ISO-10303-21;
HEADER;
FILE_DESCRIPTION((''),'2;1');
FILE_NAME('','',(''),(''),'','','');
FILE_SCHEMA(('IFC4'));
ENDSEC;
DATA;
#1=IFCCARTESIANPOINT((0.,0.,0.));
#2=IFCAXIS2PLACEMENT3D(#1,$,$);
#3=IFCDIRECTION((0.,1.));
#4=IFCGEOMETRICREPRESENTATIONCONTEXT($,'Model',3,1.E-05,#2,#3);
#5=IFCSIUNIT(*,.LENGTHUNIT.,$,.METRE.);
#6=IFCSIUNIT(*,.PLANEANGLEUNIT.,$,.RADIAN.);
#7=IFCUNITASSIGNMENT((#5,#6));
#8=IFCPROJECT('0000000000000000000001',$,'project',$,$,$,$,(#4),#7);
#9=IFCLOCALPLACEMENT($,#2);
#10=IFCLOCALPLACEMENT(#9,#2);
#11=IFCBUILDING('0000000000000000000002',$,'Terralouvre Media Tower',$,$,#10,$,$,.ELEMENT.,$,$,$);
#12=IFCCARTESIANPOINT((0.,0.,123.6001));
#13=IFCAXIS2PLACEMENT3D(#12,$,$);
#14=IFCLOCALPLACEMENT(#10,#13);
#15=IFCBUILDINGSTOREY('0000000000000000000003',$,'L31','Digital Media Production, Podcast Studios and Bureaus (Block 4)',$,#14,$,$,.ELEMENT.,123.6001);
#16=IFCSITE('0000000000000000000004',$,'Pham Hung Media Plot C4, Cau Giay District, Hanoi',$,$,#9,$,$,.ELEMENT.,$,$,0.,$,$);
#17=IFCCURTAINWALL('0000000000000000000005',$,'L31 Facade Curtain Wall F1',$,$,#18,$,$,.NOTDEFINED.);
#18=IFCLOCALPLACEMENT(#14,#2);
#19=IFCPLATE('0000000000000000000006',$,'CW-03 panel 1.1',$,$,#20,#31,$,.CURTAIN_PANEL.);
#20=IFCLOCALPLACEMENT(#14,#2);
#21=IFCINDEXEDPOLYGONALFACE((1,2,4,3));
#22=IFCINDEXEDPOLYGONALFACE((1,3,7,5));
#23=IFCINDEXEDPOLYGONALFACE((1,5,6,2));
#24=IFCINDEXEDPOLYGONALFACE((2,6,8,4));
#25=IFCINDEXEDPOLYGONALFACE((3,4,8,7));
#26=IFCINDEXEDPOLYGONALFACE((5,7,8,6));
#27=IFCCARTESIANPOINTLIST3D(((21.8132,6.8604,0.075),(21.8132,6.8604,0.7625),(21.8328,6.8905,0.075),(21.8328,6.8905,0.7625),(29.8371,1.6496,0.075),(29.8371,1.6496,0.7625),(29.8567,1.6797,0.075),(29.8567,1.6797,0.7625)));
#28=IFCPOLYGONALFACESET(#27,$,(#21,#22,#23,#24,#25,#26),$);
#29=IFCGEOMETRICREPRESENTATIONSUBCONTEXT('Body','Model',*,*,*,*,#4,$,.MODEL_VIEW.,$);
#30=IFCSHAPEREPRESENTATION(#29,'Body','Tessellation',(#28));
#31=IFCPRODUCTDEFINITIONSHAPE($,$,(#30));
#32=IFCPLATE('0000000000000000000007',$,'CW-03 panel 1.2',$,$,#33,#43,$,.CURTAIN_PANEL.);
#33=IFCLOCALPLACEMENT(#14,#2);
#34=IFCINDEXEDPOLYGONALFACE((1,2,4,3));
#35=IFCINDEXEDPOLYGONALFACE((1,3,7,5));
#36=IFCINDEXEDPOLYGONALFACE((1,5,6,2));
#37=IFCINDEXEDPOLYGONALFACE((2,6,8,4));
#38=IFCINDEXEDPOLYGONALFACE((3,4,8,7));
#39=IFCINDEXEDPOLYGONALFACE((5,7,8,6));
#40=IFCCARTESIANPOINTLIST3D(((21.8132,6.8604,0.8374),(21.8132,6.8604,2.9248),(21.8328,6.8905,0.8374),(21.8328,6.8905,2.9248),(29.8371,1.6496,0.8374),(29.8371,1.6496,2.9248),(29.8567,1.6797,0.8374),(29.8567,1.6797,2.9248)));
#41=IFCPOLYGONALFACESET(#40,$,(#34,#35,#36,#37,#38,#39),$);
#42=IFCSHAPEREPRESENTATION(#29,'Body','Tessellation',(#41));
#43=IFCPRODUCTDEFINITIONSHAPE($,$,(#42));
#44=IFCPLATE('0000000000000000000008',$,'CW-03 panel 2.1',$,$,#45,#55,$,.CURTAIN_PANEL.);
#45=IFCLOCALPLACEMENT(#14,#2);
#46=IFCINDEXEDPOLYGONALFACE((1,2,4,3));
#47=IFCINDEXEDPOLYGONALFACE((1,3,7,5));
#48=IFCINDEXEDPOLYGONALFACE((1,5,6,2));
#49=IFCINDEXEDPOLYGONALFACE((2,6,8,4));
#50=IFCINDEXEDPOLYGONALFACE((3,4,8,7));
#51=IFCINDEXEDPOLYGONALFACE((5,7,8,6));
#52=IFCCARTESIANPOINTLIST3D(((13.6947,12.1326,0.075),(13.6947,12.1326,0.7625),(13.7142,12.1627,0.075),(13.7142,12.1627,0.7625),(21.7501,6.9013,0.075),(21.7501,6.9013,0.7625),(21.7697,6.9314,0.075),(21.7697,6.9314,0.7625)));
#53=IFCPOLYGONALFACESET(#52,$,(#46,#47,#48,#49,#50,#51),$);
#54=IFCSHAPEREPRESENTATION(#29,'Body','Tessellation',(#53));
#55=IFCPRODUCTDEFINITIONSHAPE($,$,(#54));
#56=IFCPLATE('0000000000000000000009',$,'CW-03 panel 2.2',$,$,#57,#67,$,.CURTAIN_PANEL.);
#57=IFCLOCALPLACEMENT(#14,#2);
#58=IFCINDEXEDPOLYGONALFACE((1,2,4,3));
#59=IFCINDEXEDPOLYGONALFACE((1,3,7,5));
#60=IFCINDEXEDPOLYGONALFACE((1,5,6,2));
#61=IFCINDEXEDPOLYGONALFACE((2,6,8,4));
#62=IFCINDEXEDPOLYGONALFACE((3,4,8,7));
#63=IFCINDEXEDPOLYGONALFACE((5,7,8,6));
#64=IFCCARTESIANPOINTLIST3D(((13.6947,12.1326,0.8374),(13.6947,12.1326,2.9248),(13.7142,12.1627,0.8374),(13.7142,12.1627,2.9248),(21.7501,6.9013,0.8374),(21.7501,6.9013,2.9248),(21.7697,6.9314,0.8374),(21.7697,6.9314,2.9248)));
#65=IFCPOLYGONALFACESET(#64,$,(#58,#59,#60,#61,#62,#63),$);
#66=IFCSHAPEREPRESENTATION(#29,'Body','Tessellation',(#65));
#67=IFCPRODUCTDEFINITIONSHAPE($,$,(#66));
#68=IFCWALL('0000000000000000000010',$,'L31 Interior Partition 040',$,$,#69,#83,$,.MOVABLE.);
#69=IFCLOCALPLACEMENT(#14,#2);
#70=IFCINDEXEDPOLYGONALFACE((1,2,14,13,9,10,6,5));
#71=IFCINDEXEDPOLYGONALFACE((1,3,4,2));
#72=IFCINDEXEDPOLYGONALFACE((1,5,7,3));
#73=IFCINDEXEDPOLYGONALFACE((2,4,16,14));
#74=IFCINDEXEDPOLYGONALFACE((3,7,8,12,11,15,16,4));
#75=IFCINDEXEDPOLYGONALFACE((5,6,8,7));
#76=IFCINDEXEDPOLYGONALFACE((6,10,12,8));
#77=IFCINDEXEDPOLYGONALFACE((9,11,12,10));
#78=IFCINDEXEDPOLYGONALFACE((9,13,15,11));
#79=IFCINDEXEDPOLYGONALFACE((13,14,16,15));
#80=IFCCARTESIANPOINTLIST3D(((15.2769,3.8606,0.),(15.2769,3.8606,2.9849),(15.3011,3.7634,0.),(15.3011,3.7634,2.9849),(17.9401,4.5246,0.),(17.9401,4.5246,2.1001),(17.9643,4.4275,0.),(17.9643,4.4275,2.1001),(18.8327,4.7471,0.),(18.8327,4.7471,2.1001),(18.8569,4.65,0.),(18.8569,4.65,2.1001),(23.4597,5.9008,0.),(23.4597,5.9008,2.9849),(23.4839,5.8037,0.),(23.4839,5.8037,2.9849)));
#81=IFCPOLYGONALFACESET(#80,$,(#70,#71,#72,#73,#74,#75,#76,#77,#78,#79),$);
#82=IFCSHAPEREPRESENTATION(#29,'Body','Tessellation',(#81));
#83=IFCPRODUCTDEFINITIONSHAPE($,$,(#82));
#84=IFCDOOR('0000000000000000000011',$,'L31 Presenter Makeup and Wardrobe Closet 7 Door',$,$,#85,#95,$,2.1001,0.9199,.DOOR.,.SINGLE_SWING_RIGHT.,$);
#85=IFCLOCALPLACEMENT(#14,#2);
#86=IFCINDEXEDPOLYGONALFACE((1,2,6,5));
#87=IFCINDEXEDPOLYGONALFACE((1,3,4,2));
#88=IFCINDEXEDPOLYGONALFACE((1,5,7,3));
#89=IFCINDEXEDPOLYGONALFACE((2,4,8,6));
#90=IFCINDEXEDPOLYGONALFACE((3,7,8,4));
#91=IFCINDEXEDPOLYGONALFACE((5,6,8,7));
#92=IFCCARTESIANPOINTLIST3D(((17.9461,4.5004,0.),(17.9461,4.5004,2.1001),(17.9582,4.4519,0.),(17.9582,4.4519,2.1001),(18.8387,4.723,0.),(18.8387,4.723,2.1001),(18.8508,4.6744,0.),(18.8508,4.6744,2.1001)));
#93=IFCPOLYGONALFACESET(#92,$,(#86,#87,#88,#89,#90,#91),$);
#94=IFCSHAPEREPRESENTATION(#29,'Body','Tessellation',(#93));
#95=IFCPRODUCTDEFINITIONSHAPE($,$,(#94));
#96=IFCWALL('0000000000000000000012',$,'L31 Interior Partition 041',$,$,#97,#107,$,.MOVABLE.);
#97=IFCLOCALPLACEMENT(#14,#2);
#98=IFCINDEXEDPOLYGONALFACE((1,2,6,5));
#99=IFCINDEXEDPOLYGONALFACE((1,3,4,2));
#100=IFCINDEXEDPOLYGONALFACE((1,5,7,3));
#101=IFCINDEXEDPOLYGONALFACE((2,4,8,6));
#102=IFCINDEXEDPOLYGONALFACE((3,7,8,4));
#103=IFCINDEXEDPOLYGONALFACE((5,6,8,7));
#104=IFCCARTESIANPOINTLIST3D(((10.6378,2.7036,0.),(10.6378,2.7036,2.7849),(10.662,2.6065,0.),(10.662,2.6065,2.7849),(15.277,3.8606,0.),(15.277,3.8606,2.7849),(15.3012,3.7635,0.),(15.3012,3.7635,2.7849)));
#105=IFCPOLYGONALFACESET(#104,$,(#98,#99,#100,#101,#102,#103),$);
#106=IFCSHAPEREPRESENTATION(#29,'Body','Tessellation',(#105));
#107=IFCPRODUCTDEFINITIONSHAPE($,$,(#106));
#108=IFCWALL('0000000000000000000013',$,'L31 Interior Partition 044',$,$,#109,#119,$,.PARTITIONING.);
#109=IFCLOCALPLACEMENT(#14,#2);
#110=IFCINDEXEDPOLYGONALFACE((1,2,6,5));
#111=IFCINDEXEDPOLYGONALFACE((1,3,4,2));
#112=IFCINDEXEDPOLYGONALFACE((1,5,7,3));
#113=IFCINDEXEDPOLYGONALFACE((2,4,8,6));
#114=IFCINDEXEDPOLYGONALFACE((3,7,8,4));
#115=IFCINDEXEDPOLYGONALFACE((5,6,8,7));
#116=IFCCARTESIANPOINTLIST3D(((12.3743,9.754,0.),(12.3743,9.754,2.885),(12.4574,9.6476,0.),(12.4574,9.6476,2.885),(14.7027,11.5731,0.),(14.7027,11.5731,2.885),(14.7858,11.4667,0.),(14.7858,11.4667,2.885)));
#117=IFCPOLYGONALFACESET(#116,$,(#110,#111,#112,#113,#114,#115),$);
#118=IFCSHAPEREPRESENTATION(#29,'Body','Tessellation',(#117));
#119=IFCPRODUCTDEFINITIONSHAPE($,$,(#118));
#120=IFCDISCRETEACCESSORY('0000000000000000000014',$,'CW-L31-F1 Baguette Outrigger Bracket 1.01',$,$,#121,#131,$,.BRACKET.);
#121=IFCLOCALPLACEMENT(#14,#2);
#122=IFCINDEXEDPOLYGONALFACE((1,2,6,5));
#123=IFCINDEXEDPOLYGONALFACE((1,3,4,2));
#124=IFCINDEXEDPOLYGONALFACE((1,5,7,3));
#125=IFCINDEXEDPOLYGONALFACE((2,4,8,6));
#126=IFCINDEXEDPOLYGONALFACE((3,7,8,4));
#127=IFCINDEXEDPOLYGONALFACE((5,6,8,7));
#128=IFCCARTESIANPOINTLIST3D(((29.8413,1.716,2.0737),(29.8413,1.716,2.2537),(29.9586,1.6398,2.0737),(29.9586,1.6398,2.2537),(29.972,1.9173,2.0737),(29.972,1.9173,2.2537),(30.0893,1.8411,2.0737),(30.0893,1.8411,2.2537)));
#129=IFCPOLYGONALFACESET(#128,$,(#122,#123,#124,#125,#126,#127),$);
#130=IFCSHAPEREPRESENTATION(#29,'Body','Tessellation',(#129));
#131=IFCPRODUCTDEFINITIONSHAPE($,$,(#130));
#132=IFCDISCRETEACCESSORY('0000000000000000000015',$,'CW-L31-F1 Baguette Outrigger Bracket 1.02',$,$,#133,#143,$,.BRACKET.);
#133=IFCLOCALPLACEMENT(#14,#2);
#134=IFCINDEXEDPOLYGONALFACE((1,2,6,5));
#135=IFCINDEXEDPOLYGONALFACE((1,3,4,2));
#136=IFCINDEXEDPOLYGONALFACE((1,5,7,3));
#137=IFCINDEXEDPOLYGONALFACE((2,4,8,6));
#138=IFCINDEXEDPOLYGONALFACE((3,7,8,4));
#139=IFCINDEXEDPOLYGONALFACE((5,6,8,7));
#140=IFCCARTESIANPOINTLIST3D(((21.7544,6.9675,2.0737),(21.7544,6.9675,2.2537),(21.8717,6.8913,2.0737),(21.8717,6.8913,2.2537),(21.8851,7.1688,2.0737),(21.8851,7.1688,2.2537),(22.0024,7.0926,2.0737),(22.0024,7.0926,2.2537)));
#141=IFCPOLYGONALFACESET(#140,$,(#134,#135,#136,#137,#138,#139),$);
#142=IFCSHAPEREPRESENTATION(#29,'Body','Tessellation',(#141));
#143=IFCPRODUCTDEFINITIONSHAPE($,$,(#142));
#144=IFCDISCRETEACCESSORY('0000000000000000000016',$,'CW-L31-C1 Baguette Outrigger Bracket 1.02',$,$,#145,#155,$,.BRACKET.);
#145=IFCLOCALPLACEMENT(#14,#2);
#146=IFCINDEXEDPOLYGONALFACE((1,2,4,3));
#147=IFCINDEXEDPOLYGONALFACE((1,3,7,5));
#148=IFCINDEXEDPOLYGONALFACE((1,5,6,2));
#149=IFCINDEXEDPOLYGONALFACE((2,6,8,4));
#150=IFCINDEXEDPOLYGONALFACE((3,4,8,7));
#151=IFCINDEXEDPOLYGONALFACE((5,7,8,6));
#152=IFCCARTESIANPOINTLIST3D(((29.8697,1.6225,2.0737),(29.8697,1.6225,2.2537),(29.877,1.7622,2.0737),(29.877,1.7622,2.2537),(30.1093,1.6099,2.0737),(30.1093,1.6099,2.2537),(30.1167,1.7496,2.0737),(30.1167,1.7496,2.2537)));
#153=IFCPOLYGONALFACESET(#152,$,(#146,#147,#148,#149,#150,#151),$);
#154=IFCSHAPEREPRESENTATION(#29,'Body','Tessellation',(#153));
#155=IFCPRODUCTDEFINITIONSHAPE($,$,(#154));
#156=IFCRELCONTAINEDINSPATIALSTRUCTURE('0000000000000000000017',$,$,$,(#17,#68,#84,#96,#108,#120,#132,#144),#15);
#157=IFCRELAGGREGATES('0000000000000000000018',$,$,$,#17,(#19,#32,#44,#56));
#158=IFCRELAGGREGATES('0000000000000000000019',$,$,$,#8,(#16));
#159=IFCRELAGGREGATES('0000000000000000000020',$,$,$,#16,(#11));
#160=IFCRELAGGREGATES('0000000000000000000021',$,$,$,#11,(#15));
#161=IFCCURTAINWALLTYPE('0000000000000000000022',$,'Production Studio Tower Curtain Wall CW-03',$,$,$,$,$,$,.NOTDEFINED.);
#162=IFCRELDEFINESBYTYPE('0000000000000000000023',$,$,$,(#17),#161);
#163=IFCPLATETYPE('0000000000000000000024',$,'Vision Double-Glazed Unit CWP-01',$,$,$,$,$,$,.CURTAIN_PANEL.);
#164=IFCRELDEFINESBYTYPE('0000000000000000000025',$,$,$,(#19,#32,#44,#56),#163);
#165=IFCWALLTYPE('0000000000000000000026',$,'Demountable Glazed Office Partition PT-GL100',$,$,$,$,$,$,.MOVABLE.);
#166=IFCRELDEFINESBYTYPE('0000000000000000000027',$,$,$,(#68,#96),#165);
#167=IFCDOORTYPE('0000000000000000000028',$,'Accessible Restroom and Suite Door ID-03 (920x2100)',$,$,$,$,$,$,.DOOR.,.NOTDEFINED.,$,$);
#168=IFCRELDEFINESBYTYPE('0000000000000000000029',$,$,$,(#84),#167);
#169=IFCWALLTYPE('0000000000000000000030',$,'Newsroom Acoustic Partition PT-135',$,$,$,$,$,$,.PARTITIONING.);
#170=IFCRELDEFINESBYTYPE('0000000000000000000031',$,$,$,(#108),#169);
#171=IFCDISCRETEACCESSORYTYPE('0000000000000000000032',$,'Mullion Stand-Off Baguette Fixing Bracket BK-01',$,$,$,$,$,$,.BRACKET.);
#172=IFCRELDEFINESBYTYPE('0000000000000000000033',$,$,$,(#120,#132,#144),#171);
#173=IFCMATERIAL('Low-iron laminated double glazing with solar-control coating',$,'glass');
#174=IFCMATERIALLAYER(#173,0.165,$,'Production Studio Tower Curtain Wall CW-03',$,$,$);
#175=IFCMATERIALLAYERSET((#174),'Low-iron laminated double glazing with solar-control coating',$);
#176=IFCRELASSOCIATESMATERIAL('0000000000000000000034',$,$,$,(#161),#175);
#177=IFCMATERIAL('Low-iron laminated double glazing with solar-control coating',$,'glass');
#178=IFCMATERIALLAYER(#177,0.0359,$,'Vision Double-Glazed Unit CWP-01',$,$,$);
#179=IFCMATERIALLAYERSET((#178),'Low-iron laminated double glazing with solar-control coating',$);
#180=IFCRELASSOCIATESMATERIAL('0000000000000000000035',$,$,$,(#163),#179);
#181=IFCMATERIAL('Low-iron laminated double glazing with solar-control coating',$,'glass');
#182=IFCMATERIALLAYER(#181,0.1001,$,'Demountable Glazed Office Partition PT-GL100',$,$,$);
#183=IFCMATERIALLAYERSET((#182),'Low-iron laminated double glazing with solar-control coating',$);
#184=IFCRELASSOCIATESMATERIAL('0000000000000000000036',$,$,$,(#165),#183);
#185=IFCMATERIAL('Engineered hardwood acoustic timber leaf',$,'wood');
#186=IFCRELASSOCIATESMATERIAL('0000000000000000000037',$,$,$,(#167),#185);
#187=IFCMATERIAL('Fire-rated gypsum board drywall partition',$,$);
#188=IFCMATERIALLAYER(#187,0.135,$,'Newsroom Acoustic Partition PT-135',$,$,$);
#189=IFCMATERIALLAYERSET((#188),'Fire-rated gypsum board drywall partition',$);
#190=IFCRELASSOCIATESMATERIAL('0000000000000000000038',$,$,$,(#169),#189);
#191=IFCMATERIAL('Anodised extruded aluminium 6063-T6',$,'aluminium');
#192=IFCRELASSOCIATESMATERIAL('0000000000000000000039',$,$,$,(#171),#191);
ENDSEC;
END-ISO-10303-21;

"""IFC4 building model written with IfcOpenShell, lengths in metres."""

from ifc_helpers import new_model, si_unit, direction, frame, frame_2d, origin, origin_2d, place, context, subcontext, project, spatial, rectangle, extrude, material, layer, layer_set, type_object, element, fill, aggregate, save


model = new_model("IFC4")

# Units and contexts
model_context = context("Model", 3, precision=1e-05, world=origin(), true_north=direction((0.0, 1.0)))
body_context = subcontext(model_context, "Body", "Model", "MODEL_VIEW")
ifc_project = project(units=[si_unit("LENGTHUNIT", "METRE"), si_unit("PLANEANGLEUNIT", "RADIAN")], contexts=[model_context])

# Site, building, storey
site_placement = place(None, origin())
site = spatial("IfcSite", under=ifc_project, at=site_placement, Name="Pham Hung Media Plot C4, Cau Giay District, Hanoi", CompositionType="ELEMENT", RefElevation=0.0)
building_placement = place(site_placement, origin())
building = spatial("IfcBuilding", under=site, at=building_placement, Name="Terralouvre Media Tower", CompositionType="ELEMENT")
storey_placement = place(building_placement, frame((0.0, 0.0, 123.6001)))
storey = spatial("IfcBuildingStorey", under=building, at=storey_placement, Name="L31", Description="Digital Media Production, Podcast Studios and Bureaus (Block 4)", CompositionType="ELEMENT", Elevation=123.6001)

# Curtain wall
ifc_material_1 = material(Name="Low-iron laminated double glazing with solar-control coating", Category="glass")
ifc_layer_1 = layer(ifc_material_1, 0.165, Name="Production Studio Tower Curtain Wall CW-03")
ifc_layer_set_1 = layer_set([ifc_layer_1], Name="Low-iron laminated double glazing with solar-control coating")
curtain_wall_type_1 = type_object("IfcCurtainWallType", Name="Production Studio Tower Curtain Wall CW-03", PredefinedType="NOTDEFINED", material=ifc_layer_set_1)
curtain_wall_1_placement = place(storey_placement, origin())
curtain_wall_1 = element("IfcCurtainWall", 1, at=curtain_wall_1_placement, inside=storey, type_object=curtain_wall_type_1, Name="L31 Facade Curtain Wall F1", PredefinedType="NOTDEFINED")

# Plates
ifc_material_2 = material(Name="Low-iron laminated double glazing with solar-control coating", Category="glass")
ifc_layer_2 = layer(ifc_material_2, 0.0359, Name="Vision Double-Glazed Unit CWP-01")
ifc_layer_set_2 = layer_set([ifc_layer_2], Name="Low-iron laminated double glazing with solar-control coating")
plate_type = type_object("IfcPlateType", Name="Vision Double-Glazed Unit CWP-01", PredefinedType="CURTAIN_PANEL", material=ifc_layer_set_2)
plate_1_placement = place(storey_placement, frame((25.835, 4.27, 0.075), z_axis=(0.0, 0.0, 1.0), x_axis=(-0.838671, 0.544639, 0.0)))
plate_1 = element("IfcPlate", 2, at=plate_1_placement, type_object=plate_type, Name="CW-03 panel 1.1", PredefinedType="CURTAIN_PANEL", context=body_context, shape_type="SweptSolid", body=[
    extrude(rectangle(XDim=9.5674, YDim=0.0359, at=origin_2d()), origin(), (0.0, 0.0, 1.0), 0.6875),
])
plate_2_placement = place(storey_placement, frame((25.835, 4.27, 0.8374), z_axis=(0.0, 0.0, 1.0), x_axis=(-0.838671, 0.544639, 0.0)))
plate_2 = element("IfcPlate", 3, at=plate_2_placement, type_object=plate_type, Name="CW-03 panel 1.2", PredefinedType="CURTAIN_PANEL", context=body_context, shape_type="SweptSolid", body=[
    extrude(rectangle(XDim=9.5674, YDim=0.0359, at=origin_2d()), origin(), (0.0, 0.0, 1.0), 2.0874),
])
plate_3_placement = place(storey_placement, frame((17.7322, 9.532, 0.075), z_axis=(0.0, 0.0, 1.0), x_axis=(-0.838671, 0.544639, 0.0)))
plate_3 = element("IfcPlate", 4, at=plate_3_placement, type_object=plate_type, Name="CW-03 panel 2.1", PredefinedType="CURTAIN_PANEL", context=body_context, shape_type="SweptSolid", body=[
    extrude(rectangle(XDim=9.605, YDim=0.0359, at=origin_2d()), origin(), (0.0, 0.0, 1.0), 0.6875),
])
plate_4_placement = place(storey_placement, frame((17.7322, 9.532, 0.8374), z_axis=(0.0, 0.0, 1.0), x_axis=(-0.838671, 0.544639, 0.0)))
plate_4 = element("IfcPlate", 5, at=plate_4_placement, type_object=plate_type, Name="CW-03 panel 2.2", PredefinedType="CURTAIN_PANEL", context=body_context, shape_type="SweptSolid", body=[
    extrude(rectangle(XDim=9.605, YDim=0.0359, at=origin_2d()), origin(), (0.0, 0.0, 1.0), 2.0874),
])
aggregate(curtain_wall_1, [plate_1, plate_2, plate_3, plate_4])

# Wall, opening, door
ifc_material_3 = material(Name="Low-iron laminated double glazing with solar-control coating", Category="glass")
ifc_layer_3 = layer(ifc_material_3, 0.1001, Name="Demountable Glazed Office Partition PT-GL100")
ifc_layer_set_3 = layer_set([ifc_layer_3], Name="Low-iron laminated double glazing with solar-control coating")
wall_type_1 = type_object("IfcWallType", Name="Demountable Glazed Office Partition PT-GL100", PredefinedType="MOVABLE", material=ifc_layer_set_3)
wall_1_placement = place(storey_placement, frame((23.4719, 5.8523, 0.0), z_axis=(0.0, 0.0, 1.0), x_axis=(-0.970294, -0.241929, 0.0)))
wall_1 = element("IfcWall", 6, at=wall_1_placement, inside=storey, type_object=wall_type_1, Name="L31 Interior Partition 040", PredefinedType="MOVABLE", context=body_context, shape_type="SweptSolid", body=[
    extrude(rectangle(XDim=8.4333, YDim=0.1001, at=frame_2d((4.2168, 0.0))), origin(), (0.0, 0.0, 1.0), 2.9849),
])
opening_placement = place(wall_1_placement, frame((4.7688, 0.0, 0.0)))
opening = element("IfcOpeningElement", 7, at=opening_placement, cuts=wall_1, PredefinedType="OPENING", context=body_context, shape_type="SweptSolid", body=[
    extrude(rectangle(XDim=0.9199, YDim=2.1001, at=frame_2d((0.46, 1.05))), frame((0.0, 0.0601, 0.0), z_axis=(0.0, -1.0, 0.0), x_axis=(1.0, 0.0, 0.0)), (0.0, 0.0, 1.0), 0.1201),
])
ifc_material_4 = material(Name="Engineered hardwood acoustic timber leaf", Category="wood")
door_type = type_object("IfcDoorType", Name="Accessible Restroom and Suite Door ID-03 (920x2100)", OperationType="NOTDEFINED", PredefinedType="DOOR", material=ifc_material_4)
door_placement = place(opening_placement, origin())
door = element("IfcDoor", 8, at=door_placement, inside=storey, type_object=door_type, Name="L31 Presenter Makeup and Wardrobe Closet 7 Door", OperationType="SINGLE_SWING_RIGHT", OverallHeight=2.1001, OverallWidth=0.9199, PredefinedType="DOOR", context=body_context, shape_type="SweptSolid", body=[
    extrude(rectangle(XDim=0.9199, YDim=2.1001, at=frame_2d((0.46, 1.05))), frame((0.0, 0.0249, 0.0), z_axis=(0.0, -1.0, 0.0), x_axis=(1.0, 0.0, 0.0)), (0.0, 0.0, 1.0), 0.05),
])
fill(opening, door)

# Walls
wall_2_placement = place(storey_placement, frame((15.2891, 3.812, 0.0), z_axis=(0.0, 0.0, 1.0), x_axis=(-0.970281, -0.241983, 0.0)))
element("IfcWall", 9, at=wall_2_placement, inside=storey, type_object=wall_type_1, Name="L31 Interior Partition 041", PredefinedType="MOVABLE", context=body_context, shape_type="SweptSolid", body=[
    extrude(rectangle(XDim=4.7812, YDim=0.1001, at=frame_2d((2.3906, 0.0))), origin(), (0.0, 0.0, 1.0), 2.7849),
])
ifc_material_5 = material(Name="Fire-rated gypsum board drywall partition")
ifc_layer_4 = layer(ifc_material_5, 0.135, Name="Newsroom Acoustic Partition PT-135")
ifc_layer_set_4 = layer_set([ifc_layer_4], Name="Fire-rated gypsum board drywall partition")
wall_type_2 = type_object("IfcWallType", Name="Newsroom Acoustic Partition PT-135", PredefinedType="PARTITIONING", material=ifc_layer_set_4)
wall_3_placement = place(storey_placement, frame((14.7444, 11.52, 0.0), z_axis=(0.0, 0.0, 1.0), x_axis=(-0.788016, -0.615655, 0.0)))
element("IfcWall", 10, at=wall_3_placement, inside=storey, type_object=wall_type_2, Name="L31 Interior Partition 044", PredefinedType="PARTITIONING", context=body_context, shape_type="SweptSolid", body=[
    extrude(rectangle(XDim=2.9548, YDim=0.135, at=frame_2d((1.4775, 0.0))), origin(), (0.0, 0.0, 1.0), 2.885),
])

# Discrete accessories
ifc_material_6 = material(Name="Anodised extruded aluminium 6063-T6", Category="aluminium")
discrete_accessory_type = type_object("IfcDiscreteAccessoryType", Name="Mullion Stand-Off Baguette Fixing Bracket BK-01", PredefinedType="BRACKET", material=ifc_material_6)
for number, where, z_axis, x_axis, name in (
    (11, (29.9653, 1.7786, 2.0737), (0.0, 0.0, 1.0), (-0.838671, 0.544639, 0.0), "CW-L31-F1 Baguette Outrigger Bracket 1.01"),
    (12, (21.8784, 7.03, 2.0737), (0.0, 0.0, 1.0), (-0.838671, 0.544639, 0.0), "CW-L31-F1 Baguette Outrigger Bracket 1.02"),
    (13, (29.9932, 1.686, 2.0737), (0.0, 0.0, 1.0), (0.052337, 0.998629, 0.0), "CW-L31-C1 Baguette Outrigger Bracket 1.02"),
):
    element("IfcDiscreteAccessory", number, at=place(storey_placement, frame(where, z_axis=z_axis, x_axis=x_axis)), inside=storey, type_object=discrete_accessory_type, Name=name, PredefinedType="BRACKET", context=body_context, shape_type="SweptSolid", body=[
        extrude(rectangle(XDim=0.1399, YDim=0.24, at=origin_2d()), origin(), (0.0, 0.0, 1.0), 0.1799),
    ])

save(model, "model.ifc")
